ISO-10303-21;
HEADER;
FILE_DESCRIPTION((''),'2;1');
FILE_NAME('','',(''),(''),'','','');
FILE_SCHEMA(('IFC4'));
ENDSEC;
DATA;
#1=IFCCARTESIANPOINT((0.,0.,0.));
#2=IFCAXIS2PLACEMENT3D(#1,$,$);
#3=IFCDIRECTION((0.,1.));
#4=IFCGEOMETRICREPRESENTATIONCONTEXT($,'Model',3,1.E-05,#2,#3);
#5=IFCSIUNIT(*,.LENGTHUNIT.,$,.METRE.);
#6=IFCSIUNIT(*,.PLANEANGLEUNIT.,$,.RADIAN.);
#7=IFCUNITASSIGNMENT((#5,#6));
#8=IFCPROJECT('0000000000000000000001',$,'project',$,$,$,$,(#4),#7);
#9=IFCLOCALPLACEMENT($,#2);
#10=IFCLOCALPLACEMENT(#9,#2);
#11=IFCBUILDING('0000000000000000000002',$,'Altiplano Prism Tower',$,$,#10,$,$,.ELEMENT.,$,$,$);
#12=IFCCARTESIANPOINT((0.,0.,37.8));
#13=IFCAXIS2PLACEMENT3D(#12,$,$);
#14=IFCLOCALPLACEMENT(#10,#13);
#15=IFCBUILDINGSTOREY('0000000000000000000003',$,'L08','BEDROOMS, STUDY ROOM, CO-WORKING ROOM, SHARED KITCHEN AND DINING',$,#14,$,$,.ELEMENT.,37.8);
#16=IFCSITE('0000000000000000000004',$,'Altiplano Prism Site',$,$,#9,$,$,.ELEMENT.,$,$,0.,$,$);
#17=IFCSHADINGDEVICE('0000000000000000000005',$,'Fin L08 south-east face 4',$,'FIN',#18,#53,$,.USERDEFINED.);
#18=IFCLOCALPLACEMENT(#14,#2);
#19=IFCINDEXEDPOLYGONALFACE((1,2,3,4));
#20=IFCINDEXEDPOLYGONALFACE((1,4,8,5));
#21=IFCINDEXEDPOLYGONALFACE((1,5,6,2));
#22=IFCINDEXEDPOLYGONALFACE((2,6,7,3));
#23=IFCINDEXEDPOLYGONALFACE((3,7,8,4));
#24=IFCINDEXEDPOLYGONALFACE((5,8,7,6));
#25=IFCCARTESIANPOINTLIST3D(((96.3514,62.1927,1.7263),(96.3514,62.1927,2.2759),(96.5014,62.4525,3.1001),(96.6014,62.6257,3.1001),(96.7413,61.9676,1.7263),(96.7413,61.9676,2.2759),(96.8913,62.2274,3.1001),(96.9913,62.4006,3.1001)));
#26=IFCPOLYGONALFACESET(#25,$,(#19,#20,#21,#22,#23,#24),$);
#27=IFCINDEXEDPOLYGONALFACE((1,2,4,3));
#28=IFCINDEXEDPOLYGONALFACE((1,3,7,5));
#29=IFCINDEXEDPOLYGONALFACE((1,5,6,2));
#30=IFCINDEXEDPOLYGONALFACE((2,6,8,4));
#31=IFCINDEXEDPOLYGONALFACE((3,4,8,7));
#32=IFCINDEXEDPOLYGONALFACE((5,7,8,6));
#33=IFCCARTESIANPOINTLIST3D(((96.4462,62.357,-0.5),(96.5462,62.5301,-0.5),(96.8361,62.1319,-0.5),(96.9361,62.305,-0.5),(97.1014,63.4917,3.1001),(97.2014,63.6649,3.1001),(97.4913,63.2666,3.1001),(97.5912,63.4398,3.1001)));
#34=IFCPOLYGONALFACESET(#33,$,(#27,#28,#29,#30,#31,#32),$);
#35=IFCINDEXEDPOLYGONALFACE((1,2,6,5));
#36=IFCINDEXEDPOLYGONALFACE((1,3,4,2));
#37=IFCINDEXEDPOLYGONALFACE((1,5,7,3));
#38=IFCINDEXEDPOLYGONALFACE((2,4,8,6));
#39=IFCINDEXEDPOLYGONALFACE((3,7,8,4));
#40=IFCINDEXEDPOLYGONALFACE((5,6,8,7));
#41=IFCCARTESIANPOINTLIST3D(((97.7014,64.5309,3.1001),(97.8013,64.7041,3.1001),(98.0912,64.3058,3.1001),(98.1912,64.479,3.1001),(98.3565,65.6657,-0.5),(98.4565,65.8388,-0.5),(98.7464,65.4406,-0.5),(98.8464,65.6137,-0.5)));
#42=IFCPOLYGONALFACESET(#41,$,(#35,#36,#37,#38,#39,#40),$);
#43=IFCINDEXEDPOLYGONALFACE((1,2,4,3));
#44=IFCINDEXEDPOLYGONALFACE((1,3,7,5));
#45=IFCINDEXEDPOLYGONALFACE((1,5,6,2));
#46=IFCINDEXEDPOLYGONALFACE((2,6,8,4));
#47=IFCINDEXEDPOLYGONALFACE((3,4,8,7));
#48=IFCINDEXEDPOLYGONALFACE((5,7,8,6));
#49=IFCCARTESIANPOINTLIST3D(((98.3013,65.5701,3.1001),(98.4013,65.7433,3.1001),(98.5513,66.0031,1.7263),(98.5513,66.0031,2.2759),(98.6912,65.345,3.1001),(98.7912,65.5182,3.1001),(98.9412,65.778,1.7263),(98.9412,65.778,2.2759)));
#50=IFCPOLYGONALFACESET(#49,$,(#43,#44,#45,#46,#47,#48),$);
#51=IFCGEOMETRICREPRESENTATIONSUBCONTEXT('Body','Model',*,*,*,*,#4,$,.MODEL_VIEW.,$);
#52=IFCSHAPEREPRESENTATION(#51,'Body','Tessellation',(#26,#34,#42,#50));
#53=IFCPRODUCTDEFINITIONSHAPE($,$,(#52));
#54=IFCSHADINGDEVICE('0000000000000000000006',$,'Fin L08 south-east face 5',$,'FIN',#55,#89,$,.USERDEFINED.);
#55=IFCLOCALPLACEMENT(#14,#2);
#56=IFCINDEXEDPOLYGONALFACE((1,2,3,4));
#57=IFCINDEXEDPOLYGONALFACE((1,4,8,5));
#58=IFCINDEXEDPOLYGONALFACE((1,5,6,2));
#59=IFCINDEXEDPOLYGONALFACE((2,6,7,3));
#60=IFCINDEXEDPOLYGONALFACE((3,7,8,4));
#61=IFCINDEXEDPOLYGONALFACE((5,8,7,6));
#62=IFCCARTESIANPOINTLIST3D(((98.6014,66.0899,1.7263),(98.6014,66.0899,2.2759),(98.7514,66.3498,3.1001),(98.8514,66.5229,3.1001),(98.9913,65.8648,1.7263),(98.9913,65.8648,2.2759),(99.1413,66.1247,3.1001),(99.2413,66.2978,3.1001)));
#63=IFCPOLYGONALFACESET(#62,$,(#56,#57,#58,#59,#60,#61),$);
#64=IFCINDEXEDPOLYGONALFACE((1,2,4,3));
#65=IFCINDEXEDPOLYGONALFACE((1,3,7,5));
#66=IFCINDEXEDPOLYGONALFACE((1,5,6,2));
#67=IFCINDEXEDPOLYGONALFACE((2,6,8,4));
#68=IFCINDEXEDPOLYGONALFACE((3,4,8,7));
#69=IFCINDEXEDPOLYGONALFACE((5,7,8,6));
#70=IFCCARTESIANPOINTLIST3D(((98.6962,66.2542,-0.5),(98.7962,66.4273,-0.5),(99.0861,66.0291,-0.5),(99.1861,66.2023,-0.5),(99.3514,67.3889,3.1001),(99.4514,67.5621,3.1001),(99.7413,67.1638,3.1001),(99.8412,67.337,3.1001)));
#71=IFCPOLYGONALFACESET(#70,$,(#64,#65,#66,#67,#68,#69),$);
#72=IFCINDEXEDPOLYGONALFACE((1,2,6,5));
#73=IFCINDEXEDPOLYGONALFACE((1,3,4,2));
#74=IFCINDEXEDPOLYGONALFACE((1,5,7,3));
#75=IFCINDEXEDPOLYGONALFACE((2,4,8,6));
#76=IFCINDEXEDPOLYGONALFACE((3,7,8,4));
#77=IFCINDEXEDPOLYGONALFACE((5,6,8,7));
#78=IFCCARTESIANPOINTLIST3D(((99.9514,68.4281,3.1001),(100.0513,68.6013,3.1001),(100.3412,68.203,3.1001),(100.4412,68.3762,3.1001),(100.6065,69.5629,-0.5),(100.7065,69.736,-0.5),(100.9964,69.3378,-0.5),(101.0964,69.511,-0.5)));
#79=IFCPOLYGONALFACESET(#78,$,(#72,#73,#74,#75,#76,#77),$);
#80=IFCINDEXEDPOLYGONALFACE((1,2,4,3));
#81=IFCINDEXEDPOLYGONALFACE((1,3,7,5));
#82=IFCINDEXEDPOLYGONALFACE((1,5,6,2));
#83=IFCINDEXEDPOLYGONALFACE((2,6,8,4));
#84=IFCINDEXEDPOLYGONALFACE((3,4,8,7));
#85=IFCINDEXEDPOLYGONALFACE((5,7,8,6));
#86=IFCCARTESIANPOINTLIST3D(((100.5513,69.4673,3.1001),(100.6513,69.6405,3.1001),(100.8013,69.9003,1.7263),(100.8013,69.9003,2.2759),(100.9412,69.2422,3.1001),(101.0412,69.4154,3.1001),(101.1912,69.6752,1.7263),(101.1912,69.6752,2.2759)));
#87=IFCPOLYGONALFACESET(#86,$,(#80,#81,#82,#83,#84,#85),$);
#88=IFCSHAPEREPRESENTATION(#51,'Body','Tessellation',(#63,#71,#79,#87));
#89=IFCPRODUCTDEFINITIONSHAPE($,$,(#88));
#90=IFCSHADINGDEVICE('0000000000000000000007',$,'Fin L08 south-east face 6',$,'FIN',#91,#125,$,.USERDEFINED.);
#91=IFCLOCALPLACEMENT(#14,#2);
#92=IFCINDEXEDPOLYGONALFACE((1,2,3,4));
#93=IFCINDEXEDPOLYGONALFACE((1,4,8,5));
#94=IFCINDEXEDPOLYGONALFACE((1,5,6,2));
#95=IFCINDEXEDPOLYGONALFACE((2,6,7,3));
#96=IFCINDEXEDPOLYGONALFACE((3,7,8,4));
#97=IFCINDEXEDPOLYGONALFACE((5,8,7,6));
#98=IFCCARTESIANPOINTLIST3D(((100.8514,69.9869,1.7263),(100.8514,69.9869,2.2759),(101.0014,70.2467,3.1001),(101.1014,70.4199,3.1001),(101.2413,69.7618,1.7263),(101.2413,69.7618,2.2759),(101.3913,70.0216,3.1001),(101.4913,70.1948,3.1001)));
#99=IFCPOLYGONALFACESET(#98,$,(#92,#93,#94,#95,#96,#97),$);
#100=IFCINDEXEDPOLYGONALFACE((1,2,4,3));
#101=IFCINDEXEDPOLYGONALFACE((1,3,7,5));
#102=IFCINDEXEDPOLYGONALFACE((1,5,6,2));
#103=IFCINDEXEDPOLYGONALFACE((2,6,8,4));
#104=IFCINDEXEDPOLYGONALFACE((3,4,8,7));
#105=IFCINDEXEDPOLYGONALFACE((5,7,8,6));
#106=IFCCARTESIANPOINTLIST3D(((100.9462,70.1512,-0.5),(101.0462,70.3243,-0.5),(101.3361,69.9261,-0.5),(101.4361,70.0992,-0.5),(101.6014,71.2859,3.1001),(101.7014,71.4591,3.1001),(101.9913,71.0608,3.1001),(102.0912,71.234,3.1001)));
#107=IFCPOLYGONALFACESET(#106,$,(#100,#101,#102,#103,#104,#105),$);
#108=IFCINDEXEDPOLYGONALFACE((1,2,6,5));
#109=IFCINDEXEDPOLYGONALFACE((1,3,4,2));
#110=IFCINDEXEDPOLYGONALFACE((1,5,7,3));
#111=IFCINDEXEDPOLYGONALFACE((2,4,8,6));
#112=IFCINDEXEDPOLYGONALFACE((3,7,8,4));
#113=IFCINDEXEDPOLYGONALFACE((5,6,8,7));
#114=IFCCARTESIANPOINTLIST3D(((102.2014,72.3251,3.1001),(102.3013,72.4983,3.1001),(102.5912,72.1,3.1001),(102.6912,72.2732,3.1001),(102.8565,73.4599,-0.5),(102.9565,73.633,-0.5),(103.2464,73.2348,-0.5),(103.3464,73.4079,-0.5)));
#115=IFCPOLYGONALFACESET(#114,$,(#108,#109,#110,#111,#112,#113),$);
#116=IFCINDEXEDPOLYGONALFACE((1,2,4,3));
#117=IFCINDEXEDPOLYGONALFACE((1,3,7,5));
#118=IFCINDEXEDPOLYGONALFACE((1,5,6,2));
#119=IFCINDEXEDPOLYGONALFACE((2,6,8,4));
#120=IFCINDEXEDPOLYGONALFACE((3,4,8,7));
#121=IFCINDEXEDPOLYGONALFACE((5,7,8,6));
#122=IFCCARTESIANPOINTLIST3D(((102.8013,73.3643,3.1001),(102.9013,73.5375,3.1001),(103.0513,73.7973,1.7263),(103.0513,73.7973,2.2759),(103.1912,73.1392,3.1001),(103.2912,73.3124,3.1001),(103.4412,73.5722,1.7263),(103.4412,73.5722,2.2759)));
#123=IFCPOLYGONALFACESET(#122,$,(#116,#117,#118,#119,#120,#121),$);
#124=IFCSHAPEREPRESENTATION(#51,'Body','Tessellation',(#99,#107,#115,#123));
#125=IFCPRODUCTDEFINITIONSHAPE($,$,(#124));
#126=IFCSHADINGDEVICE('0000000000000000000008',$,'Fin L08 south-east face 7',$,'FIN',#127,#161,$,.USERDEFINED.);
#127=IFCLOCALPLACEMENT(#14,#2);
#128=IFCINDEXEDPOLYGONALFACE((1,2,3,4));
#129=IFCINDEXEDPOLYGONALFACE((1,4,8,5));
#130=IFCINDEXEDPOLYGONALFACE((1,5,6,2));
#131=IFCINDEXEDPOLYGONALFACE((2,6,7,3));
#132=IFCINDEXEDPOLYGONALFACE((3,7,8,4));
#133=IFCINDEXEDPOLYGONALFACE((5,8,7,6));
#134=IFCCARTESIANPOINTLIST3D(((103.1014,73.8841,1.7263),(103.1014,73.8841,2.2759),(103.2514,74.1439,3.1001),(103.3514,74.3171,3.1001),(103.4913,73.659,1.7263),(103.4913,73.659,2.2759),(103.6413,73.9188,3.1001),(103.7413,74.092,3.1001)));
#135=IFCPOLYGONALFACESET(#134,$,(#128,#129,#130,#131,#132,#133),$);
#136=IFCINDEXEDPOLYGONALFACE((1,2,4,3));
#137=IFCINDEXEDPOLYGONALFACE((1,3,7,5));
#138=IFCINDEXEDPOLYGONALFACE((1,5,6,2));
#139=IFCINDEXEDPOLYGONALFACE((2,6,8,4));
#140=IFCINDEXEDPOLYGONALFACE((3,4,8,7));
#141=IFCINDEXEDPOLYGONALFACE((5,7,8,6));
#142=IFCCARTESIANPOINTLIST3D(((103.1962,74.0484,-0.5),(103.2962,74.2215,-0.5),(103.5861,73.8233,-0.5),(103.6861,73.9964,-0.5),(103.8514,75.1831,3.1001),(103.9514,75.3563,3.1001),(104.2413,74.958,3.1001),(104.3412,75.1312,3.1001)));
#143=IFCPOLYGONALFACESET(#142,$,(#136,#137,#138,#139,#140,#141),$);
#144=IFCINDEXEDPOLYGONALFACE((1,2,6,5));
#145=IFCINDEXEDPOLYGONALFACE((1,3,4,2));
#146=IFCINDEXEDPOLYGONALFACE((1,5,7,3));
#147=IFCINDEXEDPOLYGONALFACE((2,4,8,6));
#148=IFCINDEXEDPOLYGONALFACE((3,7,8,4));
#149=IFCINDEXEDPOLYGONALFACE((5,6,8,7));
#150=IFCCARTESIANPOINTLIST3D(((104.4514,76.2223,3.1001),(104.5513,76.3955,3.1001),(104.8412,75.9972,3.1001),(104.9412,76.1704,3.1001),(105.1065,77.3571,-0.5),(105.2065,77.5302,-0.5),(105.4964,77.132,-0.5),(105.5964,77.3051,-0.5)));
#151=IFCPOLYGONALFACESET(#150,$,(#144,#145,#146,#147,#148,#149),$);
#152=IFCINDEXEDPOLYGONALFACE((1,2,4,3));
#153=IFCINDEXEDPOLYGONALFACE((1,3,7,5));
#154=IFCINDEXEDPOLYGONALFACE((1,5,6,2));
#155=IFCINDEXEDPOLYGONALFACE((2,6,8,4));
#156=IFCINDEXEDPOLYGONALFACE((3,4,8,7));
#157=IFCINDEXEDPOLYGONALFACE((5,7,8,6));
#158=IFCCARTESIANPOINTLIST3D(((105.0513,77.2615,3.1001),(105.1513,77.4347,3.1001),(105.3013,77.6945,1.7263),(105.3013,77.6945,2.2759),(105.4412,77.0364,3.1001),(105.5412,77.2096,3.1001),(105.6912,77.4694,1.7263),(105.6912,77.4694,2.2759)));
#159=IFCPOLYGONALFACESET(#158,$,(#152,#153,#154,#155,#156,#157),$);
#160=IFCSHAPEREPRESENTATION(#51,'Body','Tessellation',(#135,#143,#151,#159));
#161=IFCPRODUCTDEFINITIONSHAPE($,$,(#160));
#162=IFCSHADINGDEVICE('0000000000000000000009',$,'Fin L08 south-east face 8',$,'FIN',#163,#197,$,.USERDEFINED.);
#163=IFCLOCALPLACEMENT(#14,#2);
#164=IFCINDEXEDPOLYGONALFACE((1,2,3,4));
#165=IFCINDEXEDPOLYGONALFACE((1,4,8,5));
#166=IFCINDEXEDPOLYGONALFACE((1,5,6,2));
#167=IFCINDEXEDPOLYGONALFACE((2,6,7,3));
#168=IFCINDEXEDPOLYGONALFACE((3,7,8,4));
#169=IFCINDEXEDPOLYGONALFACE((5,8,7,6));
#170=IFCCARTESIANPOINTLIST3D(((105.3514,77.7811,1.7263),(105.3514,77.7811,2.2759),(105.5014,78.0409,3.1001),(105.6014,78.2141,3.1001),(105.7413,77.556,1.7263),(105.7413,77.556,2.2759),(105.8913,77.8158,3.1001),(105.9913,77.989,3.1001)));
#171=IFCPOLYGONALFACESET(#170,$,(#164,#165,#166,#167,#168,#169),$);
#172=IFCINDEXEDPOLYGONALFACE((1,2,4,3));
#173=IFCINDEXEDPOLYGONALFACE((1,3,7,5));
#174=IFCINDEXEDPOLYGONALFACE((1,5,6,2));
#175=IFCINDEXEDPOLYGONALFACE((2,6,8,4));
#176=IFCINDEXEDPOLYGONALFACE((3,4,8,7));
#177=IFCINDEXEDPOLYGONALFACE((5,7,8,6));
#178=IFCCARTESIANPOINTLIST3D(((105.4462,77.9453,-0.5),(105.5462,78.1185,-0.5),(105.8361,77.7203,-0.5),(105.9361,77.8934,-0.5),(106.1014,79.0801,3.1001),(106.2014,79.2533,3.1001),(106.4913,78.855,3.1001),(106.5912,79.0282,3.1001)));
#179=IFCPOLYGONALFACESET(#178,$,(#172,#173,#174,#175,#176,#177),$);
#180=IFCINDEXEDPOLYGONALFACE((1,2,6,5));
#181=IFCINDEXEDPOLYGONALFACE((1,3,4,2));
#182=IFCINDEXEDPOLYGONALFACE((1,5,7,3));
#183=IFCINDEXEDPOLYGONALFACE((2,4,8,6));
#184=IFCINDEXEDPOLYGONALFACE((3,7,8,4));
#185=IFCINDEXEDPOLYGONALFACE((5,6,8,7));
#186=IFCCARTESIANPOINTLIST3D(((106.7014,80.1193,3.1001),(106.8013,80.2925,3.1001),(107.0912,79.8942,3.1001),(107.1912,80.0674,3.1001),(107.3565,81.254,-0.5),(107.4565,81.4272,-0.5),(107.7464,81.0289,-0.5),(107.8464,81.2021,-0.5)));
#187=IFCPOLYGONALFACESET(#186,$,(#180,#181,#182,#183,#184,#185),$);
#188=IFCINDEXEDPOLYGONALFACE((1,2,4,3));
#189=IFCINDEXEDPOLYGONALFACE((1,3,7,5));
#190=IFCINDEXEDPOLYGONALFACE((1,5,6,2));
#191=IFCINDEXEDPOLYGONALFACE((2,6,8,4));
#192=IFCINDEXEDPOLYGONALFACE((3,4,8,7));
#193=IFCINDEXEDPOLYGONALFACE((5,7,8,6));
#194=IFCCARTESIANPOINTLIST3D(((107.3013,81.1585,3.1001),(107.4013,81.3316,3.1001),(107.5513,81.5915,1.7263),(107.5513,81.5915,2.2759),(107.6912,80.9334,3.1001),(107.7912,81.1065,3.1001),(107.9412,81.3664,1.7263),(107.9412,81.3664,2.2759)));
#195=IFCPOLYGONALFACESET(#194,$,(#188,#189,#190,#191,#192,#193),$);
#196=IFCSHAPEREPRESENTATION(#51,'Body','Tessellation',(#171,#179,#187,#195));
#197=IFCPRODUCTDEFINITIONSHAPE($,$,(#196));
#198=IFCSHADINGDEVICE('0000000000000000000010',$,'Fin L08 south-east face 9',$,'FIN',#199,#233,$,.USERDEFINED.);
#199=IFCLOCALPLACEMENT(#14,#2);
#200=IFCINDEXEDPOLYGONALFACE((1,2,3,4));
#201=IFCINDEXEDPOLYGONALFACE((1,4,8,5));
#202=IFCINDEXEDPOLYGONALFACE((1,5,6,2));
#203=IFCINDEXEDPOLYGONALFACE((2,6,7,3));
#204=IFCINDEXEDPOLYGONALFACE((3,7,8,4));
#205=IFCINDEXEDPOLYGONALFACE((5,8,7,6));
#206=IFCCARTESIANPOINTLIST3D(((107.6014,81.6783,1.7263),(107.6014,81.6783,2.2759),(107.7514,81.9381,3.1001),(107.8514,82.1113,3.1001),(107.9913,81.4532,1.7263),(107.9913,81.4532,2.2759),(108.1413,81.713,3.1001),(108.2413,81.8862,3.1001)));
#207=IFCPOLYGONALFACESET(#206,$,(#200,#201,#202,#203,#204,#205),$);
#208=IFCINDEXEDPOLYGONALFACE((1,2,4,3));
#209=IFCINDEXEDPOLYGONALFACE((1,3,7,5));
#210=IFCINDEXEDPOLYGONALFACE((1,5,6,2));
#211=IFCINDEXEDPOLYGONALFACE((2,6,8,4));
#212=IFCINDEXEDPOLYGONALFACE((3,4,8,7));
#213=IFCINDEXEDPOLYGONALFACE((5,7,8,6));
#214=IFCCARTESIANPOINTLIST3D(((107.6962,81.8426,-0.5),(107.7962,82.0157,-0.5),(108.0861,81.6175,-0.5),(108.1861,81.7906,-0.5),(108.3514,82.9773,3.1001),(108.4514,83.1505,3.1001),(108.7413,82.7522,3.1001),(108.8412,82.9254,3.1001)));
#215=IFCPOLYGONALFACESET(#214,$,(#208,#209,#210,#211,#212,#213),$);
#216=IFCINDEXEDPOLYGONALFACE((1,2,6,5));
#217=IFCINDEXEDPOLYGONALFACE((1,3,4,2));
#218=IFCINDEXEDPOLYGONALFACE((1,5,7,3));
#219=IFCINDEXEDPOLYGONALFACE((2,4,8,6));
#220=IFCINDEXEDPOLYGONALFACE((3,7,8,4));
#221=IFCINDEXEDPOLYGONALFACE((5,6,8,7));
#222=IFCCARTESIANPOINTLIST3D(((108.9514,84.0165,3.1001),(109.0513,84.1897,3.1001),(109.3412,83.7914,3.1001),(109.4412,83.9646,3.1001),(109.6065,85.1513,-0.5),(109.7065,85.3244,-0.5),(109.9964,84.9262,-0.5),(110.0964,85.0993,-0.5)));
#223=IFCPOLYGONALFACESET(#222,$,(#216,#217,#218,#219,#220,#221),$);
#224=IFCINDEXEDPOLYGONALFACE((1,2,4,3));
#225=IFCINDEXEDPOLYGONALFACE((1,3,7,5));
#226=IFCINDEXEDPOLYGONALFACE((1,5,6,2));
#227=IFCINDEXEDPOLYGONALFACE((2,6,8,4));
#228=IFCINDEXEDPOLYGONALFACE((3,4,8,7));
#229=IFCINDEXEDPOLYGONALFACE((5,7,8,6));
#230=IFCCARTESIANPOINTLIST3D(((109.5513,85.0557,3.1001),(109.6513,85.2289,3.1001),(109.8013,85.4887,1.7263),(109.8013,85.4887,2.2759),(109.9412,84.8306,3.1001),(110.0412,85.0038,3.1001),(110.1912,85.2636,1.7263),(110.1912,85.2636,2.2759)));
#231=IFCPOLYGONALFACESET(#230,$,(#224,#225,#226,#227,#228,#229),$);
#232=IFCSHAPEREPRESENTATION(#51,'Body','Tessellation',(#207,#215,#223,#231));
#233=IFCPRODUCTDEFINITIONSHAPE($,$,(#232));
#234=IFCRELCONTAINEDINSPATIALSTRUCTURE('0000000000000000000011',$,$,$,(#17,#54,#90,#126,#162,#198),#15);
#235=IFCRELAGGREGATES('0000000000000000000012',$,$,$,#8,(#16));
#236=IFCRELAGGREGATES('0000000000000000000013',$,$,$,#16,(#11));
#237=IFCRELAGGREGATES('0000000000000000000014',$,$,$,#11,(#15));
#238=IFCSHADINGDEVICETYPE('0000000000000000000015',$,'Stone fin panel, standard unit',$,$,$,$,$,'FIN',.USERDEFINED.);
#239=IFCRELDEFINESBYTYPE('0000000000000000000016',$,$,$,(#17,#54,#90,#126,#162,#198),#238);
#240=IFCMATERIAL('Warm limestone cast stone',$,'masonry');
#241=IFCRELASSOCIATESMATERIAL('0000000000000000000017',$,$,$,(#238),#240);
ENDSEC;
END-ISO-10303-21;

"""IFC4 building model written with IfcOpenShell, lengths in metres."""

from ifc_helpers import new_model, si_unit, direction, frame, origin, place, context, subcontext, project, spatial, polyline, outline, extrude, source, transform, mapped, material, type_object, element, save


model = new_model("IFC4")

# Units and contexts
model_context = context("Model", 3, precision=1e-05, world=origin(), true_north=direction((0.0, 1.0)))
body_context = subcontext(model_context, "Body", "Model", "MODEL_VIEW")
ifc_project = project(units=[si_unit("LENGTHUNIT", "METRE"), si_unit("PLANEANGLEUNIT", "RADIAN")], contexts=[model_context])

# Site, building, storey
site_placement = place(None, origin())
site = spatial("IfcSite", under=ifc_project, at=site_placement, Name="Altiplano Prism Site", CompositionType="ELEMENT", RefElevation=0.0)
building_placement = place(site_placement, origin())
building = spatial("IfcBuilding", under=site, at=building_placement, Name="Altiplano Prism Tower", CompositionType="ELEMENT")
storey_placement = place(building_placement, frame((0.0, 0.0, 37.8)))
storey = spatial("IfcBuildingStorey", under=building, at=storey_placement, Name="L08", Description="BEDROOMS, STUDY ROOM, CO-WORKING ROOM, SHARED KITCHEN AND DINING", CompositionType="ELEMENT", Elevation=37.8)

# Shading devices
ifc_material_1 = material(Name="Warm limestone cast stone", Category="masonry")
shading_device_type_1 = type_object("IfcShadingDeviceType", Name="Stone fin panel, standard unit", ElementType="FIN", PredefinedType="USERDEFINED", material=ifc_material_1)
shared_shape_1 = source(origin(), body_context, "Body", "SweptSolid", [
    extrude(outline(polyline([(-2.2, 2.2263), (-1.7, 3.6001), (-1.8999, 3.6001), (-2.2, 2.7759), (-2.2, 2.2263)])), frame((0.0, -0.1499, 0.0), z_axis=(0.0, -1.0, 0.0), x_axis=(1.0, 0.0, 0.0)), (0.0, 0.0, 1.0), 0.4502),
    extrude(outline(polyline([(-2.0103, 0.0), (-1.8103, 0.0), (-0.5, 3.6001), (-0.7, 3.6001), (-2.0103, 0.0)])), frame((0.0, -0.1499, 0.0), z_axis=(0.0, -1.0, 0.0), x_axis=(1.0, 0.0, 0.0)), (0.0, 0.0, 1.0), 0.4502),
    extrude(outline(polyline([(1.8103, 0.0), (2.0103, 0.0), (0.7, 3.6001), (0.5, 3.6001), (1.8103, 0.0)])), frame((0.0, -0.1499, 0.0), z_axis=(0.0, -1.0, 0.0), x_axis=(1.0, 0.0, 0.0)), (0.0, 0.0, 1.0), 0.4502),
    extrude(outline(polyline([(2.2, 2.7759), (1.8999, 3.6001), (1.7, 3.6001), (2.2, 2.2263), (2.2, 2.7759)])), frame((0.0, -0.1499, 0.0), z_axis=(0.0, -1.0, 0.0), x_axis=(1.0, 0.0, 0.0)), (0.0, 0.0, 1.0), 0.4502),
])
shading_device_1_placement = place(storey_placement, origin())
element("IfcShadingDevice", 1, at=shading_device_1_placement, inside=storey, type_object=shading_device_type_1, Name="Fin L08 south-east face 4", ObjectType="FIN", PredefinedType="USERDEFINED", context=body_context, shape_type="MappedRepresentation", body=[
    mapped(shared_shape_1, transform((97.3215, 64.1729, -0.5), x_axis=(0.5, 0.866025, 0.0), y_axis=(-0.866025, 0.5, 0.0), z_axis=(0.0, 0.0, 1.0))),
])
shading_device_2_placement = place(storey_placement, origin())
element("IfcShadingDevice", 2, at=shading_device_2_placement, inside=storey, type_object=shading_device_type_1, Name="Fin L08 south-east face 5", ObjectType="FIN", PredefinedType="USERDEFINED", context=body_context, shape_type="MappedRepresentation", body=[
    mapped(shared_shape_1, transform((99.5715, 68.0701, -0.5), x_axis=(0.5, 0.866025, 0.0), y_axis=(-0.866025, 0.5, 0.0), z_axis=(0.0, 0.0, 1.0))),
])
shading_device_3_placement = place(storey_placement, origin())
element("IfcShadingDevice", 3, at=shading_device_3_placement, inside=storey, type_object=shading_device_type_1, Name="Fin L08 south-east face 6", ObjectType="FIN", PredefinedType="USERDEFINED", context=body_context, shape_type="MappedRepresentation", body=[
    mapped(shared_shape_1, transform((101.8215, 71.967, -0.5), x_axis=(0.5, 0.866025, 0.0), y_axis=(-0.866025, 0.5, 0.0), z_axis=(0.0, 0.0, 1.0))),
])
shading_device_4_placement = place(storey_placement, origin())
element("IfcShadingDevice", 4, at=shading_device_4_placement, inside=storey, type_object=shading_device_type_1, Name="Fin L08 south-east face 7", ObjectType="FIN", PredefinedType="USERDEFINED", context=body_context, shape_type="MappedRepresentation", body=[
    mapped(shared_shape_1, transform((104.0715, 75.8643, -0.5), x_axis=(0.5, 0.866025, 0.0), y_axis=(-0.866025, 0.5, 0.0), z_axis=(0.0, 0.0, 1.0))),
])
shading_device_5_placement = place(storey_placement, origin())
element("IfcShadingDevice", 5, at=shading_device_5_placement, inside=storey, type_object=shading_device_type_1, Name="Fin L08 south-east face 8", ObjectType="FIN", PredefinedType="USERDEFINED", context=body_context, shape_type="MappedRepresentation", body=[
    mapped(shared_shape_1, transform((106.3215, 79.7612, -0.5), x_axis=(0.5, 0.866025, 0.0), y_axis=(-0.866025, 0.5, 0.0), z_axis=(0.0, 0.0, 1.0))),
])
shading_device_6_placement = place(storey_placement, origin())
element("IfcShadingDevice", 6, at=shading_device_6_placement, inside=storey, type_object=shading_device_type_1, Name="Fin L08 south-east face 9", ObjectType="FIN", PredefinedType="USERDEFINED", context=body_context, shape_type="MappedRepresentation", body=[
    mapped(shared_shape_1, transform((108.5715, 83.6584, -0.5), x_axis=(0.5, 0.866025, 0.0), y_axis=(-0.866025, 0.5, 0.0), z_axis=(0.0, 0.0, 1.0))),
])

save(model, "model.ifc")
